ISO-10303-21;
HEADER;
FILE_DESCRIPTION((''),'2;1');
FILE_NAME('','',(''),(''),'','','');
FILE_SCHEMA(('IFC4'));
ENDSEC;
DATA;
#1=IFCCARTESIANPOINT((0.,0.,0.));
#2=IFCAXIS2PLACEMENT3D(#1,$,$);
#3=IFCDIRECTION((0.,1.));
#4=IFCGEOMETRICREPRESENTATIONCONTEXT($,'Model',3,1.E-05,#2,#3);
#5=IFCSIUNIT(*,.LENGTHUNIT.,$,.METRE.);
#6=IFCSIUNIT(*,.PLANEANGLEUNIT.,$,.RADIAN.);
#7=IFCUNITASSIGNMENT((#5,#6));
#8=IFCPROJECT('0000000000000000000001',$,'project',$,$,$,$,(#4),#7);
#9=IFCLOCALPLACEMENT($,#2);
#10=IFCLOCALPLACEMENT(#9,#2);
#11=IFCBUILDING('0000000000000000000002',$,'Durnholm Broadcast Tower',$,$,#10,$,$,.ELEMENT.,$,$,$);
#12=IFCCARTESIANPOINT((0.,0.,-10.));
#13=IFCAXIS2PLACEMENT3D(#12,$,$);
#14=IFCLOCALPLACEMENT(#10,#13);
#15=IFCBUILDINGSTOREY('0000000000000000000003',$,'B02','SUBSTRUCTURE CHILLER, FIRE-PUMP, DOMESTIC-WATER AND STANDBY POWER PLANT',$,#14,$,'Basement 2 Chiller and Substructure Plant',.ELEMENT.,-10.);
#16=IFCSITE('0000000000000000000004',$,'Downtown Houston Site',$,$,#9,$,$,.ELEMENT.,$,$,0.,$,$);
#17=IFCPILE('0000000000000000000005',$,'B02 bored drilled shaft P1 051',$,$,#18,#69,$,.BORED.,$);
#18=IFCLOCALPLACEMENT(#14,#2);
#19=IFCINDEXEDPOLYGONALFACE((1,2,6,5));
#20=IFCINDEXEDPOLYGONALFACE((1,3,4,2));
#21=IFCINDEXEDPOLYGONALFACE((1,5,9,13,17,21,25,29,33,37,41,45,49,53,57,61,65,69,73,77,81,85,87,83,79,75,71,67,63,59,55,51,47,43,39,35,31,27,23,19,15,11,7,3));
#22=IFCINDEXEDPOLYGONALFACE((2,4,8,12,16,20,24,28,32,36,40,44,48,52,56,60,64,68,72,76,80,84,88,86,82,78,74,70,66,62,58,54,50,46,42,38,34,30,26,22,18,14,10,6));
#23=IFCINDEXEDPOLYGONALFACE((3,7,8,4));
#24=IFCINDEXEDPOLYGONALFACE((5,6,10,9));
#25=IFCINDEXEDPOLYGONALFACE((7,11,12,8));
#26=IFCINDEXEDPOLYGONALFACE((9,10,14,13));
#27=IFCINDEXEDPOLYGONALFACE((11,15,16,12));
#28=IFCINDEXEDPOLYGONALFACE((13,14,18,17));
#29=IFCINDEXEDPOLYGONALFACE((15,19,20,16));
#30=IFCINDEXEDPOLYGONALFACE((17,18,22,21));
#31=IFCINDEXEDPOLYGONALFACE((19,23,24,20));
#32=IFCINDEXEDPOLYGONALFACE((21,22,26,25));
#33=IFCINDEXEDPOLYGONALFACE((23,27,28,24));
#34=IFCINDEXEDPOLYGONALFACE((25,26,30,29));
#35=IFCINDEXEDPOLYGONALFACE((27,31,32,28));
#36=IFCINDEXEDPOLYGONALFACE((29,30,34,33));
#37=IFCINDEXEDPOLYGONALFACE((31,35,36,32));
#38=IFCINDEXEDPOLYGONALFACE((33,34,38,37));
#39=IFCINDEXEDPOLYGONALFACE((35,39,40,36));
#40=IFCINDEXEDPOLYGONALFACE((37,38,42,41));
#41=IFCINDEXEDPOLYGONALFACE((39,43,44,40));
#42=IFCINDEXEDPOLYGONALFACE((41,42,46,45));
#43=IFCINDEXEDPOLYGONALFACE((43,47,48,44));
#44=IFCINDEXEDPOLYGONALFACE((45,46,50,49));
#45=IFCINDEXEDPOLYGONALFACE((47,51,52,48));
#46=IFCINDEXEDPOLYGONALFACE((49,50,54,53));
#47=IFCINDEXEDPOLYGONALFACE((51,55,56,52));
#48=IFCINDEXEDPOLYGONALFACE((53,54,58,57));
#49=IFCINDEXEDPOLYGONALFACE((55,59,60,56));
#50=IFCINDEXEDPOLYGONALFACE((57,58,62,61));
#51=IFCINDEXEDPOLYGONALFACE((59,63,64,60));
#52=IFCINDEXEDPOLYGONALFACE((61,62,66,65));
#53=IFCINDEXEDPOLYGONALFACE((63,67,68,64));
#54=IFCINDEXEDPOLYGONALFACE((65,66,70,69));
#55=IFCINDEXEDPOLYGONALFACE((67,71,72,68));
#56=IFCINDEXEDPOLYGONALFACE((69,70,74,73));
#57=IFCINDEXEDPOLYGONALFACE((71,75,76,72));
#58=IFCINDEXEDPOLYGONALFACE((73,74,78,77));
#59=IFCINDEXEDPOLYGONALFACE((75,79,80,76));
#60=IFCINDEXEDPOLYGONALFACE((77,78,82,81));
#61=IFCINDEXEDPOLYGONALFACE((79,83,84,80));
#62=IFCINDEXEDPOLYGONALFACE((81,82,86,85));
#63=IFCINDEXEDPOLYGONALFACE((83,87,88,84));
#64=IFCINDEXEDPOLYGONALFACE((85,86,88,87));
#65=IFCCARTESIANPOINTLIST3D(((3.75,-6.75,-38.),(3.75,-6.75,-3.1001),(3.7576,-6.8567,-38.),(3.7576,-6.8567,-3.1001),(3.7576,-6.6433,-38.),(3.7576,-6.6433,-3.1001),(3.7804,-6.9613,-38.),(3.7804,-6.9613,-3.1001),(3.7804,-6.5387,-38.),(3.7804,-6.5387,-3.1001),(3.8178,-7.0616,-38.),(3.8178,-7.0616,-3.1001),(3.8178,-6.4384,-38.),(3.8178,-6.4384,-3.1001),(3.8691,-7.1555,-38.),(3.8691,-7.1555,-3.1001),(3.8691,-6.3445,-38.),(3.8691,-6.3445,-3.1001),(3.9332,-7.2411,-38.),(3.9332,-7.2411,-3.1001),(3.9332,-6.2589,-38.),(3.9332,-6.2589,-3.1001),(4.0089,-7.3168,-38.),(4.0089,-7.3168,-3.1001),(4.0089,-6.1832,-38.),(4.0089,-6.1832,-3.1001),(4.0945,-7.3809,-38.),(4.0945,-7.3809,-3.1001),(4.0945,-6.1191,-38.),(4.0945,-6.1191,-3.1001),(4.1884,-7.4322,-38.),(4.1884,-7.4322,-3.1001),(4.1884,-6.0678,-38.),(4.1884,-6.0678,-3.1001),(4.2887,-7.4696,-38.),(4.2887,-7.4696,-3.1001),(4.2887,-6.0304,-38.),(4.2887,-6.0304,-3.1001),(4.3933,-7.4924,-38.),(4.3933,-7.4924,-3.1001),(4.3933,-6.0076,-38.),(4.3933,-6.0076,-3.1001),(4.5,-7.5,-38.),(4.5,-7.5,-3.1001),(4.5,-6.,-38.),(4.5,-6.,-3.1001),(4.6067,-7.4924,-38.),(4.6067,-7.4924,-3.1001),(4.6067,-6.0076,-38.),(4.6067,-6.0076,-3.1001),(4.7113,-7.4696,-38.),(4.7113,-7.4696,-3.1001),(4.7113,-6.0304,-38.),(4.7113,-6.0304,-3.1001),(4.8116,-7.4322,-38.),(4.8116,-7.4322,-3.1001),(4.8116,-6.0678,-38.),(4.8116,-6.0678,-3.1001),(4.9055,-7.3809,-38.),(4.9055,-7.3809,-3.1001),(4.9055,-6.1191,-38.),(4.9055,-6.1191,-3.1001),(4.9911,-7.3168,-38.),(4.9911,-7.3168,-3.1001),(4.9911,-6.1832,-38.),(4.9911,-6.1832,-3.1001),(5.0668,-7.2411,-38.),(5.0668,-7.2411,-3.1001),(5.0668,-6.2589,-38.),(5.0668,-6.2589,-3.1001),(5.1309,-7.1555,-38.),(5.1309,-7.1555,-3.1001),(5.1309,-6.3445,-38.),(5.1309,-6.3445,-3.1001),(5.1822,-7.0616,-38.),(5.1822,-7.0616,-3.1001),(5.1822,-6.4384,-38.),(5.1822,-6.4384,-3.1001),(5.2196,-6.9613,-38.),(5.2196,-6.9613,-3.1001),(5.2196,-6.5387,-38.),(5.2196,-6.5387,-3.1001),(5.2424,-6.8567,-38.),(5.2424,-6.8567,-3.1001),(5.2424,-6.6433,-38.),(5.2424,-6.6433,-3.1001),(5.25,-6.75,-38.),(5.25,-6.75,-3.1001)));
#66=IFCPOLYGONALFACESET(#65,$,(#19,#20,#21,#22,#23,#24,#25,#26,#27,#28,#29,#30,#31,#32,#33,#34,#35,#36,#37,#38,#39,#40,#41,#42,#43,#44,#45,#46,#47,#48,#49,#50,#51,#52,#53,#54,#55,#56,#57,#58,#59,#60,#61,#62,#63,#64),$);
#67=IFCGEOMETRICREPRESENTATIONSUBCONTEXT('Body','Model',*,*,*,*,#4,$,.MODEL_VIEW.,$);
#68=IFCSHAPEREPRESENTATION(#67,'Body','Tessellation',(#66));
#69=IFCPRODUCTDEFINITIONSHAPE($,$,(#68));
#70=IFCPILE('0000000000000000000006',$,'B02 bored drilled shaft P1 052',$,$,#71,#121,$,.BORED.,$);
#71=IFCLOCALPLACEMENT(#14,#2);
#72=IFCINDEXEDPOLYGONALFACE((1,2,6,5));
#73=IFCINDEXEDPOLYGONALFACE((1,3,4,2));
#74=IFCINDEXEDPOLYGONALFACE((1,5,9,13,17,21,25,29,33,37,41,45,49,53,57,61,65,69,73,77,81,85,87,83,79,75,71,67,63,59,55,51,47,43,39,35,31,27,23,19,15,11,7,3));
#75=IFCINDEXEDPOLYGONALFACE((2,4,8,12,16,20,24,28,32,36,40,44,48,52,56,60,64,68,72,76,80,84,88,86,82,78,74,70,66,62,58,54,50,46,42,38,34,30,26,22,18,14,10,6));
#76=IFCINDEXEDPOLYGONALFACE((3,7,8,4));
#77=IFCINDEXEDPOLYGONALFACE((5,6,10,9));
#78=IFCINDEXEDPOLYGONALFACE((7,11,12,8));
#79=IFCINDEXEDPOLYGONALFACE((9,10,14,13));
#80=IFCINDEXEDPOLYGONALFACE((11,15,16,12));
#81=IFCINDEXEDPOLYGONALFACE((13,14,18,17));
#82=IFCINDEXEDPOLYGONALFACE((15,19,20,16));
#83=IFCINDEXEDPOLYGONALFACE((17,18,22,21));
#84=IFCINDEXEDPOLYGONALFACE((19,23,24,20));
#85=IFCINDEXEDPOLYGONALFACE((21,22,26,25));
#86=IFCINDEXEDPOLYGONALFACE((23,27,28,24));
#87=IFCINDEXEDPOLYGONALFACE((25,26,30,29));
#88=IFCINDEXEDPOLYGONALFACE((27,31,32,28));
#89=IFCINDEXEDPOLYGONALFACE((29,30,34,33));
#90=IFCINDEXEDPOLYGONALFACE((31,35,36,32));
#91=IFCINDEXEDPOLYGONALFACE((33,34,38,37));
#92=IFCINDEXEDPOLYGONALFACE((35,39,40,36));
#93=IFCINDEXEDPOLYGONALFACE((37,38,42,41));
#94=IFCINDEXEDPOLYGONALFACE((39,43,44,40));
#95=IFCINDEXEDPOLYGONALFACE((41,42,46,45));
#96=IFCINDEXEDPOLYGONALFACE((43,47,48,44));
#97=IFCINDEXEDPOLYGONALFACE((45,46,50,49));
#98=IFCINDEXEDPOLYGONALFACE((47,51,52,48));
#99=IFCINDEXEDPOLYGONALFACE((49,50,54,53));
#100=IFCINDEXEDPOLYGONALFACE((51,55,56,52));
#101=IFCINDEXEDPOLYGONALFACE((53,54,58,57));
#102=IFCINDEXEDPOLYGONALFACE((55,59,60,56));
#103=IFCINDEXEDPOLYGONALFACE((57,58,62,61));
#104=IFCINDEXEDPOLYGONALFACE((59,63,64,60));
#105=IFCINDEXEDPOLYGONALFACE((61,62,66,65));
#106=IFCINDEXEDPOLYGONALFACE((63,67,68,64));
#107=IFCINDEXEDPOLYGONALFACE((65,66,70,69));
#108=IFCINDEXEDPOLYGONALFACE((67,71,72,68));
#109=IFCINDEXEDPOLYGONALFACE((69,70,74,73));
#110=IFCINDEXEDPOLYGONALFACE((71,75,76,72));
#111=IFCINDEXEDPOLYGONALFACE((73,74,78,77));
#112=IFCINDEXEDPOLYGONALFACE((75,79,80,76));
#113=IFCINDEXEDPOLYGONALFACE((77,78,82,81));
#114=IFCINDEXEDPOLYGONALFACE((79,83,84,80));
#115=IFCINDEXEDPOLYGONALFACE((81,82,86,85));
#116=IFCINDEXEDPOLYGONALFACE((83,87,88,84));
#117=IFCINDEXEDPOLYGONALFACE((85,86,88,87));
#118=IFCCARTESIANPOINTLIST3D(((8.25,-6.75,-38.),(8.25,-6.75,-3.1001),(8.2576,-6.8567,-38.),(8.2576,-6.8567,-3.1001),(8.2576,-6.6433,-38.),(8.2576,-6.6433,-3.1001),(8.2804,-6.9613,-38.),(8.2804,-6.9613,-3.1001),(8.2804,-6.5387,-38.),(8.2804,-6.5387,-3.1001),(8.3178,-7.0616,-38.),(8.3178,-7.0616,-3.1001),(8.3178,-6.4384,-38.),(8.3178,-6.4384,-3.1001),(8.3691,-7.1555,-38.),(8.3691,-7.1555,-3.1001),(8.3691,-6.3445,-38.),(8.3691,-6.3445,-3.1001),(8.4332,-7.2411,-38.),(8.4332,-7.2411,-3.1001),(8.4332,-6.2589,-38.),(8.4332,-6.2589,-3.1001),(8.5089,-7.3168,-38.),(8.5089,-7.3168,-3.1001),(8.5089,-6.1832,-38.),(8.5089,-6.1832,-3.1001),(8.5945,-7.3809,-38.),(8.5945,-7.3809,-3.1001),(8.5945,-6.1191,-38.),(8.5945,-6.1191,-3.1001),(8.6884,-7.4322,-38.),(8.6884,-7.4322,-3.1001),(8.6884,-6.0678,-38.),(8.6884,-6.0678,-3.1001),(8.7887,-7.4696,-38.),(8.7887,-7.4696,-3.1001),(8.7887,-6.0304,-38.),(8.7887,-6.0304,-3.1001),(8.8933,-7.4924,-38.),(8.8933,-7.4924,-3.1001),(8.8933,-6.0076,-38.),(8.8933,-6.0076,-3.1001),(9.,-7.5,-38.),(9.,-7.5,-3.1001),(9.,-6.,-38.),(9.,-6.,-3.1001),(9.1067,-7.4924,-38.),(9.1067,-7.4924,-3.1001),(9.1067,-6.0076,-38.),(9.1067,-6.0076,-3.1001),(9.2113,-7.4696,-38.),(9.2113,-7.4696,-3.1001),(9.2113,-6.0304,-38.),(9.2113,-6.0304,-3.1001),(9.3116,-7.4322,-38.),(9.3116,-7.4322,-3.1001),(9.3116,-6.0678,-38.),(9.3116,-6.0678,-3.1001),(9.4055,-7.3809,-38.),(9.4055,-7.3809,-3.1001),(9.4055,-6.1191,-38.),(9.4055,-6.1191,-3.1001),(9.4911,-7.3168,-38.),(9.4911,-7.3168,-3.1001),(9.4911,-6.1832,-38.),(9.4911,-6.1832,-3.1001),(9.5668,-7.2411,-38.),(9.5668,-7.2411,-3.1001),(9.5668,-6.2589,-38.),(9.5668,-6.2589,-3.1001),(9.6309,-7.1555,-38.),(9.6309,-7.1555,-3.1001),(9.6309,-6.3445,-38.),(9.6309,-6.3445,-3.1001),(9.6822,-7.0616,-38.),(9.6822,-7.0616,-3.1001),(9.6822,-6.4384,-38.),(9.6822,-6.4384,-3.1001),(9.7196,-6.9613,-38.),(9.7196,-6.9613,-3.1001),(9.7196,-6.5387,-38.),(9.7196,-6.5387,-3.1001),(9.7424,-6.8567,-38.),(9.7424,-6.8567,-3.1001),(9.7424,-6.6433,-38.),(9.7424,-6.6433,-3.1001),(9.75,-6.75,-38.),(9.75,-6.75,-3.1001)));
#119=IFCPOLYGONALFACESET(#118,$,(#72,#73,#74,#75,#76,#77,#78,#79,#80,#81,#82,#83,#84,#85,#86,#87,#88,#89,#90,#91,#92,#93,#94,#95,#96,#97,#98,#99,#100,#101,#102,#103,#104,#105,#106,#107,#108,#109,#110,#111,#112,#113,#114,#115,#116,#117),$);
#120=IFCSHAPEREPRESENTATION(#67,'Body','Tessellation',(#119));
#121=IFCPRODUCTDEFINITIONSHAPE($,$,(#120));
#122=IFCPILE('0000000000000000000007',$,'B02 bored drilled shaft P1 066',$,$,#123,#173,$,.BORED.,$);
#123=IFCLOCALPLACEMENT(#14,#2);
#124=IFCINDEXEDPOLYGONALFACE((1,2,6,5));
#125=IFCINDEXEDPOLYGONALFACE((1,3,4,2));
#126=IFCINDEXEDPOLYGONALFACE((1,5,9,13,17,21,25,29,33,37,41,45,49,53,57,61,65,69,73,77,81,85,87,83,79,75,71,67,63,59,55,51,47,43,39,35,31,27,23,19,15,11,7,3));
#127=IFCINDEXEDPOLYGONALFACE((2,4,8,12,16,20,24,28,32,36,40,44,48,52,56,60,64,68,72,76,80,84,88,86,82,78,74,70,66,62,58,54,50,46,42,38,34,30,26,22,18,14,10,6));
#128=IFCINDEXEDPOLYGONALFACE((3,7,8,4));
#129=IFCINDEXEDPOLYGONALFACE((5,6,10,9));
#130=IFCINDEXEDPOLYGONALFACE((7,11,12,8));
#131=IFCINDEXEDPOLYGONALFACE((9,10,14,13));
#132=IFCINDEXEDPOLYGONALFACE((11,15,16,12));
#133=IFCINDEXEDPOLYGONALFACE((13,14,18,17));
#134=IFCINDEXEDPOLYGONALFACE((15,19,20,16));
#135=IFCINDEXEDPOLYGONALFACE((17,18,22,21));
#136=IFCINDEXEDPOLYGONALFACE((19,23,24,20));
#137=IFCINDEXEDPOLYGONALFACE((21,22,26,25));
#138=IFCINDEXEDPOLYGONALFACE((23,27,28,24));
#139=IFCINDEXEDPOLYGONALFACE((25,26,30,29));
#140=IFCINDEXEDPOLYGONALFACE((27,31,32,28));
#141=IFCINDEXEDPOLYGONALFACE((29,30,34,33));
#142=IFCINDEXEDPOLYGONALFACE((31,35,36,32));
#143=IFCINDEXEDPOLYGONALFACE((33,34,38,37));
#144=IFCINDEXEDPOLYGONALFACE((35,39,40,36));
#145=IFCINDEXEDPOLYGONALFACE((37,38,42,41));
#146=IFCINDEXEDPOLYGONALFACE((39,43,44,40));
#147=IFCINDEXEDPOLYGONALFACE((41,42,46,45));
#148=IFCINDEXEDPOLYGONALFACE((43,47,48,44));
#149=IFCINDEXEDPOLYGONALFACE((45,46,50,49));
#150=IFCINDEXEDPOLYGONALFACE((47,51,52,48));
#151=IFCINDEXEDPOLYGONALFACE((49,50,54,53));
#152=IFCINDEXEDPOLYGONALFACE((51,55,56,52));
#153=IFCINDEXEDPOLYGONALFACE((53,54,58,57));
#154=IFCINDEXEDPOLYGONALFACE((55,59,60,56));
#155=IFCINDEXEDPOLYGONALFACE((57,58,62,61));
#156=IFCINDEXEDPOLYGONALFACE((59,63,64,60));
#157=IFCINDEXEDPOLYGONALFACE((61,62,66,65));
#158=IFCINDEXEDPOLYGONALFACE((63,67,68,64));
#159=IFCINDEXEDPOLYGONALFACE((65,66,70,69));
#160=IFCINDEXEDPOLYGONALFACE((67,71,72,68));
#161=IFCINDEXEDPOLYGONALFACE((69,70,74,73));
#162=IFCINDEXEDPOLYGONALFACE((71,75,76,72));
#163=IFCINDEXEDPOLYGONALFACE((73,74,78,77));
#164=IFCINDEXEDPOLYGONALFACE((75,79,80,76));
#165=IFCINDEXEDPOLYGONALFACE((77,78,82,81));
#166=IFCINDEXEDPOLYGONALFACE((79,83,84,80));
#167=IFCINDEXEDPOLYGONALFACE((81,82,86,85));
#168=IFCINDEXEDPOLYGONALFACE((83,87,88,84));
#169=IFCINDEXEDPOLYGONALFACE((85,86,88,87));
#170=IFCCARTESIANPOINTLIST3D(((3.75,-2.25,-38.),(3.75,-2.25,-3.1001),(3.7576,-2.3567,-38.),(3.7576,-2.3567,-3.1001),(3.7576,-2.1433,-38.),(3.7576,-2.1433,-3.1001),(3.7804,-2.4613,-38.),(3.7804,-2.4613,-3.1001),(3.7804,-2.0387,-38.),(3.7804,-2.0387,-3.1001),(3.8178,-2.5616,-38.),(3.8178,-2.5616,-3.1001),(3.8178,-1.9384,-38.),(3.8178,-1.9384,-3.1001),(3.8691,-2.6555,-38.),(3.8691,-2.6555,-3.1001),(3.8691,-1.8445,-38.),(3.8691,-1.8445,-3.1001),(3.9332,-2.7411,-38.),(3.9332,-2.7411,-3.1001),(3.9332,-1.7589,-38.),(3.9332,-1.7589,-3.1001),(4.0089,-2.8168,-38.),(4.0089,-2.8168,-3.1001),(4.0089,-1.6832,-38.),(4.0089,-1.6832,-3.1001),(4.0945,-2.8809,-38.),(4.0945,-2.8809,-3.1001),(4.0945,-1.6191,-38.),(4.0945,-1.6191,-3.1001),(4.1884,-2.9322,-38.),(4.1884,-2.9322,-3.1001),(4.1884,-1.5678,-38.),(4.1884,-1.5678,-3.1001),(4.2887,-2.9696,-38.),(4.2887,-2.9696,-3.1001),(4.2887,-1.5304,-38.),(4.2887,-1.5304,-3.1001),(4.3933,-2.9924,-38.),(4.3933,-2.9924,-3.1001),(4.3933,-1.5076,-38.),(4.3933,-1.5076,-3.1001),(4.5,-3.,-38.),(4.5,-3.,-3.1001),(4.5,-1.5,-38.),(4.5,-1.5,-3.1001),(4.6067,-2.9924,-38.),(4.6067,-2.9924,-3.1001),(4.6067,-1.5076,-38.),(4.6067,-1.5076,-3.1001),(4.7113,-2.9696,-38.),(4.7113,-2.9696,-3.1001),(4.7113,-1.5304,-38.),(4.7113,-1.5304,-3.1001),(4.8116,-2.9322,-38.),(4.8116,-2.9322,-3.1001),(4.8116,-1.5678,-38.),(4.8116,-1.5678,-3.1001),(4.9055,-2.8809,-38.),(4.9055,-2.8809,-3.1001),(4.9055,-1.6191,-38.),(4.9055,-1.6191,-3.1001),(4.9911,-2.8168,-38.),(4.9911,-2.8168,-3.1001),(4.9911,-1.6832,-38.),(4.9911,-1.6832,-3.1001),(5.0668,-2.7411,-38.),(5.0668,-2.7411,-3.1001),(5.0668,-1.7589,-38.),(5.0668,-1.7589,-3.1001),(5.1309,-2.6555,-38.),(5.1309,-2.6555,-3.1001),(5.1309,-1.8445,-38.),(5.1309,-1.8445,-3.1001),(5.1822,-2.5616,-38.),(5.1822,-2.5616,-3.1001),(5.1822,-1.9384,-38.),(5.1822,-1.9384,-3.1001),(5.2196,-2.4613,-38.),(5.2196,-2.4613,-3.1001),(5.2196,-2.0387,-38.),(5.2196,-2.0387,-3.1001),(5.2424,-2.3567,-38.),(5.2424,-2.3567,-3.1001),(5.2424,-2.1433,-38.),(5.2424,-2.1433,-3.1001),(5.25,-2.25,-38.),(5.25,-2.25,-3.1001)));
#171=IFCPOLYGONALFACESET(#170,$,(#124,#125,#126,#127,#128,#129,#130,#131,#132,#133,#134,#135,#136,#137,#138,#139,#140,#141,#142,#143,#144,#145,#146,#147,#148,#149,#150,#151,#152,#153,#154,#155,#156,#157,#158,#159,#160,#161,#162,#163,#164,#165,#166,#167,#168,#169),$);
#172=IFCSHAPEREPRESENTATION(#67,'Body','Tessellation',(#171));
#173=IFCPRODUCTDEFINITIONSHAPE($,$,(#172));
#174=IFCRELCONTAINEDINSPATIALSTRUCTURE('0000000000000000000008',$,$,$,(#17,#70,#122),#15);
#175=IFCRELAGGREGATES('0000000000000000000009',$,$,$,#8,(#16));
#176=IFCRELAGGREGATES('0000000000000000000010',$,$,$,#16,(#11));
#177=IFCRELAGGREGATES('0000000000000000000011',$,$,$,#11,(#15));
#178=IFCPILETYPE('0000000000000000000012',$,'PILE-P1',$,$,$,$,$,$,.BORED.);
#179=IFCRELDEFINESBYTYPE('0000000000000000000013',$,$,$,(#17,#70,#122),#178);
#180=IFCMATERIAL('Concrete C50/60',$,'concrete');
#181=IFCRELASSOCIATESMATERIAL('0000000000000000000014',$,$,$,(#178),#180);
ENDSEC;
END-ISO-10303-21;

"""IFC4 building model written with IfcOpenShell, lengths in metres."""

from ifc_helpers import new_model, si_unit, direction, frame, origin, origin_2d, place, context, subcontext, project, spatial, circle, extrude, source, transform, mapped, material, material_profile, profile_set, type_object, type_shapes, element, save


model = new_model("IFC4")

# Units and contexts
model_context = context("Model", 3, precision=1e-05, world=origin(), true_north=direction((0.0, 1.0)))
body_context = subcontext(model_context, "Body", "Model", "MODEL_VIEW")
ifc_project = project(units=[si_unit("LENGTHUNIT", "METRE"), si_unit("PLANEANGLEUNIT", "RADIAN")], contexts=[model_context])

# Site, building, storey
site_placement = place(None, origin())
site = spatial("IfcSite", under=ifc_project, at=site_placement, Name="Downtown Houston Site", CompositionType="ELEMENT", RefElevation=0.0)
building_placement = place(site_placement, origin())
building = spatial("IfcBuilding", under=site, at=building_placement, Name="Durnholm Broadcast Tower", CompositionType="ELEMENT")
storey_placement = place(building_placement, frame((0.0, 0.0, -10.0)))
storey = spatial("IfcBuildingStorey", under=building, at=storey_placement, Name="B02", Description="SUBSTRUCTURE CHILLER, FIRE-PUMP, DOMESTIC-WATER AND STANDBY POWER PLANT", LongName="Basement 2 Chiller and Substructure Plant", CompositionType="ELEMENT", Elevation=-10.0)

# Piles
ifc_material_1 = material(Name="Concrete C50/60", Category="concrete")
ifc_material_profile = material_profile(ifc_material_1, circle(Radius=0.75, at=origin_2d()), Name="PILE1500")
ifc_profile_set = profile_set([ifc_material_profile], Name="Concrete C50/60")
pile_type = type_object("IfcPileType", Name="PILE-P1", PredefinedType="BORED", material=ifc_profile_set)
shared_shape = source(origin(), body_context, "Body", "SweptSolid", [
    extrude(circle(Radius=0.75, at=origin_2d()), origin(), (0.0, 0.0, 1.0), 34.8999),
])
type_shapes(pile_type, [shared_shape])
for number, where, z_axis, x_axis, name in (
    (1, (4.5, -6.75, -3.1001), (0.0, 0.0, -1.0), (1.0, 0.0, 0.0), "B02 bored drilled shaft P1 051"),
    (2, (9.0, -6.75, -3.1001), (0.0, 0.0, -1.0), (1.0, 0.0, 0.0), "B02 bored drilled shaft P1 052"),
    (3, (4.5, -2.25, -3.1001), (0.0, 0.0, -1.0), (1.0, 0.0, 0.0), "B02 bored drilled shaft P1 066"),
):
    element("IfcPile", number, at=place(storey_placement, frame(where, z_axis=z_axis, x_axis=x_axis)), inside=storey, type_object=pile_type, Name=name, PredefinedType="BORED", context=body_context, shape_type="MappedRepresentation", body=[
        mapped(shared_shape, transform((0.0, 0.0, 0.0), x_axis=(1.0, 0.0, 0.0), y_axis=(0.0, 1.0, 0.0), z_axis=(0.0, 0.0, 1.0), scale=1.0)),
    ])

save(model, "model.ifc")
